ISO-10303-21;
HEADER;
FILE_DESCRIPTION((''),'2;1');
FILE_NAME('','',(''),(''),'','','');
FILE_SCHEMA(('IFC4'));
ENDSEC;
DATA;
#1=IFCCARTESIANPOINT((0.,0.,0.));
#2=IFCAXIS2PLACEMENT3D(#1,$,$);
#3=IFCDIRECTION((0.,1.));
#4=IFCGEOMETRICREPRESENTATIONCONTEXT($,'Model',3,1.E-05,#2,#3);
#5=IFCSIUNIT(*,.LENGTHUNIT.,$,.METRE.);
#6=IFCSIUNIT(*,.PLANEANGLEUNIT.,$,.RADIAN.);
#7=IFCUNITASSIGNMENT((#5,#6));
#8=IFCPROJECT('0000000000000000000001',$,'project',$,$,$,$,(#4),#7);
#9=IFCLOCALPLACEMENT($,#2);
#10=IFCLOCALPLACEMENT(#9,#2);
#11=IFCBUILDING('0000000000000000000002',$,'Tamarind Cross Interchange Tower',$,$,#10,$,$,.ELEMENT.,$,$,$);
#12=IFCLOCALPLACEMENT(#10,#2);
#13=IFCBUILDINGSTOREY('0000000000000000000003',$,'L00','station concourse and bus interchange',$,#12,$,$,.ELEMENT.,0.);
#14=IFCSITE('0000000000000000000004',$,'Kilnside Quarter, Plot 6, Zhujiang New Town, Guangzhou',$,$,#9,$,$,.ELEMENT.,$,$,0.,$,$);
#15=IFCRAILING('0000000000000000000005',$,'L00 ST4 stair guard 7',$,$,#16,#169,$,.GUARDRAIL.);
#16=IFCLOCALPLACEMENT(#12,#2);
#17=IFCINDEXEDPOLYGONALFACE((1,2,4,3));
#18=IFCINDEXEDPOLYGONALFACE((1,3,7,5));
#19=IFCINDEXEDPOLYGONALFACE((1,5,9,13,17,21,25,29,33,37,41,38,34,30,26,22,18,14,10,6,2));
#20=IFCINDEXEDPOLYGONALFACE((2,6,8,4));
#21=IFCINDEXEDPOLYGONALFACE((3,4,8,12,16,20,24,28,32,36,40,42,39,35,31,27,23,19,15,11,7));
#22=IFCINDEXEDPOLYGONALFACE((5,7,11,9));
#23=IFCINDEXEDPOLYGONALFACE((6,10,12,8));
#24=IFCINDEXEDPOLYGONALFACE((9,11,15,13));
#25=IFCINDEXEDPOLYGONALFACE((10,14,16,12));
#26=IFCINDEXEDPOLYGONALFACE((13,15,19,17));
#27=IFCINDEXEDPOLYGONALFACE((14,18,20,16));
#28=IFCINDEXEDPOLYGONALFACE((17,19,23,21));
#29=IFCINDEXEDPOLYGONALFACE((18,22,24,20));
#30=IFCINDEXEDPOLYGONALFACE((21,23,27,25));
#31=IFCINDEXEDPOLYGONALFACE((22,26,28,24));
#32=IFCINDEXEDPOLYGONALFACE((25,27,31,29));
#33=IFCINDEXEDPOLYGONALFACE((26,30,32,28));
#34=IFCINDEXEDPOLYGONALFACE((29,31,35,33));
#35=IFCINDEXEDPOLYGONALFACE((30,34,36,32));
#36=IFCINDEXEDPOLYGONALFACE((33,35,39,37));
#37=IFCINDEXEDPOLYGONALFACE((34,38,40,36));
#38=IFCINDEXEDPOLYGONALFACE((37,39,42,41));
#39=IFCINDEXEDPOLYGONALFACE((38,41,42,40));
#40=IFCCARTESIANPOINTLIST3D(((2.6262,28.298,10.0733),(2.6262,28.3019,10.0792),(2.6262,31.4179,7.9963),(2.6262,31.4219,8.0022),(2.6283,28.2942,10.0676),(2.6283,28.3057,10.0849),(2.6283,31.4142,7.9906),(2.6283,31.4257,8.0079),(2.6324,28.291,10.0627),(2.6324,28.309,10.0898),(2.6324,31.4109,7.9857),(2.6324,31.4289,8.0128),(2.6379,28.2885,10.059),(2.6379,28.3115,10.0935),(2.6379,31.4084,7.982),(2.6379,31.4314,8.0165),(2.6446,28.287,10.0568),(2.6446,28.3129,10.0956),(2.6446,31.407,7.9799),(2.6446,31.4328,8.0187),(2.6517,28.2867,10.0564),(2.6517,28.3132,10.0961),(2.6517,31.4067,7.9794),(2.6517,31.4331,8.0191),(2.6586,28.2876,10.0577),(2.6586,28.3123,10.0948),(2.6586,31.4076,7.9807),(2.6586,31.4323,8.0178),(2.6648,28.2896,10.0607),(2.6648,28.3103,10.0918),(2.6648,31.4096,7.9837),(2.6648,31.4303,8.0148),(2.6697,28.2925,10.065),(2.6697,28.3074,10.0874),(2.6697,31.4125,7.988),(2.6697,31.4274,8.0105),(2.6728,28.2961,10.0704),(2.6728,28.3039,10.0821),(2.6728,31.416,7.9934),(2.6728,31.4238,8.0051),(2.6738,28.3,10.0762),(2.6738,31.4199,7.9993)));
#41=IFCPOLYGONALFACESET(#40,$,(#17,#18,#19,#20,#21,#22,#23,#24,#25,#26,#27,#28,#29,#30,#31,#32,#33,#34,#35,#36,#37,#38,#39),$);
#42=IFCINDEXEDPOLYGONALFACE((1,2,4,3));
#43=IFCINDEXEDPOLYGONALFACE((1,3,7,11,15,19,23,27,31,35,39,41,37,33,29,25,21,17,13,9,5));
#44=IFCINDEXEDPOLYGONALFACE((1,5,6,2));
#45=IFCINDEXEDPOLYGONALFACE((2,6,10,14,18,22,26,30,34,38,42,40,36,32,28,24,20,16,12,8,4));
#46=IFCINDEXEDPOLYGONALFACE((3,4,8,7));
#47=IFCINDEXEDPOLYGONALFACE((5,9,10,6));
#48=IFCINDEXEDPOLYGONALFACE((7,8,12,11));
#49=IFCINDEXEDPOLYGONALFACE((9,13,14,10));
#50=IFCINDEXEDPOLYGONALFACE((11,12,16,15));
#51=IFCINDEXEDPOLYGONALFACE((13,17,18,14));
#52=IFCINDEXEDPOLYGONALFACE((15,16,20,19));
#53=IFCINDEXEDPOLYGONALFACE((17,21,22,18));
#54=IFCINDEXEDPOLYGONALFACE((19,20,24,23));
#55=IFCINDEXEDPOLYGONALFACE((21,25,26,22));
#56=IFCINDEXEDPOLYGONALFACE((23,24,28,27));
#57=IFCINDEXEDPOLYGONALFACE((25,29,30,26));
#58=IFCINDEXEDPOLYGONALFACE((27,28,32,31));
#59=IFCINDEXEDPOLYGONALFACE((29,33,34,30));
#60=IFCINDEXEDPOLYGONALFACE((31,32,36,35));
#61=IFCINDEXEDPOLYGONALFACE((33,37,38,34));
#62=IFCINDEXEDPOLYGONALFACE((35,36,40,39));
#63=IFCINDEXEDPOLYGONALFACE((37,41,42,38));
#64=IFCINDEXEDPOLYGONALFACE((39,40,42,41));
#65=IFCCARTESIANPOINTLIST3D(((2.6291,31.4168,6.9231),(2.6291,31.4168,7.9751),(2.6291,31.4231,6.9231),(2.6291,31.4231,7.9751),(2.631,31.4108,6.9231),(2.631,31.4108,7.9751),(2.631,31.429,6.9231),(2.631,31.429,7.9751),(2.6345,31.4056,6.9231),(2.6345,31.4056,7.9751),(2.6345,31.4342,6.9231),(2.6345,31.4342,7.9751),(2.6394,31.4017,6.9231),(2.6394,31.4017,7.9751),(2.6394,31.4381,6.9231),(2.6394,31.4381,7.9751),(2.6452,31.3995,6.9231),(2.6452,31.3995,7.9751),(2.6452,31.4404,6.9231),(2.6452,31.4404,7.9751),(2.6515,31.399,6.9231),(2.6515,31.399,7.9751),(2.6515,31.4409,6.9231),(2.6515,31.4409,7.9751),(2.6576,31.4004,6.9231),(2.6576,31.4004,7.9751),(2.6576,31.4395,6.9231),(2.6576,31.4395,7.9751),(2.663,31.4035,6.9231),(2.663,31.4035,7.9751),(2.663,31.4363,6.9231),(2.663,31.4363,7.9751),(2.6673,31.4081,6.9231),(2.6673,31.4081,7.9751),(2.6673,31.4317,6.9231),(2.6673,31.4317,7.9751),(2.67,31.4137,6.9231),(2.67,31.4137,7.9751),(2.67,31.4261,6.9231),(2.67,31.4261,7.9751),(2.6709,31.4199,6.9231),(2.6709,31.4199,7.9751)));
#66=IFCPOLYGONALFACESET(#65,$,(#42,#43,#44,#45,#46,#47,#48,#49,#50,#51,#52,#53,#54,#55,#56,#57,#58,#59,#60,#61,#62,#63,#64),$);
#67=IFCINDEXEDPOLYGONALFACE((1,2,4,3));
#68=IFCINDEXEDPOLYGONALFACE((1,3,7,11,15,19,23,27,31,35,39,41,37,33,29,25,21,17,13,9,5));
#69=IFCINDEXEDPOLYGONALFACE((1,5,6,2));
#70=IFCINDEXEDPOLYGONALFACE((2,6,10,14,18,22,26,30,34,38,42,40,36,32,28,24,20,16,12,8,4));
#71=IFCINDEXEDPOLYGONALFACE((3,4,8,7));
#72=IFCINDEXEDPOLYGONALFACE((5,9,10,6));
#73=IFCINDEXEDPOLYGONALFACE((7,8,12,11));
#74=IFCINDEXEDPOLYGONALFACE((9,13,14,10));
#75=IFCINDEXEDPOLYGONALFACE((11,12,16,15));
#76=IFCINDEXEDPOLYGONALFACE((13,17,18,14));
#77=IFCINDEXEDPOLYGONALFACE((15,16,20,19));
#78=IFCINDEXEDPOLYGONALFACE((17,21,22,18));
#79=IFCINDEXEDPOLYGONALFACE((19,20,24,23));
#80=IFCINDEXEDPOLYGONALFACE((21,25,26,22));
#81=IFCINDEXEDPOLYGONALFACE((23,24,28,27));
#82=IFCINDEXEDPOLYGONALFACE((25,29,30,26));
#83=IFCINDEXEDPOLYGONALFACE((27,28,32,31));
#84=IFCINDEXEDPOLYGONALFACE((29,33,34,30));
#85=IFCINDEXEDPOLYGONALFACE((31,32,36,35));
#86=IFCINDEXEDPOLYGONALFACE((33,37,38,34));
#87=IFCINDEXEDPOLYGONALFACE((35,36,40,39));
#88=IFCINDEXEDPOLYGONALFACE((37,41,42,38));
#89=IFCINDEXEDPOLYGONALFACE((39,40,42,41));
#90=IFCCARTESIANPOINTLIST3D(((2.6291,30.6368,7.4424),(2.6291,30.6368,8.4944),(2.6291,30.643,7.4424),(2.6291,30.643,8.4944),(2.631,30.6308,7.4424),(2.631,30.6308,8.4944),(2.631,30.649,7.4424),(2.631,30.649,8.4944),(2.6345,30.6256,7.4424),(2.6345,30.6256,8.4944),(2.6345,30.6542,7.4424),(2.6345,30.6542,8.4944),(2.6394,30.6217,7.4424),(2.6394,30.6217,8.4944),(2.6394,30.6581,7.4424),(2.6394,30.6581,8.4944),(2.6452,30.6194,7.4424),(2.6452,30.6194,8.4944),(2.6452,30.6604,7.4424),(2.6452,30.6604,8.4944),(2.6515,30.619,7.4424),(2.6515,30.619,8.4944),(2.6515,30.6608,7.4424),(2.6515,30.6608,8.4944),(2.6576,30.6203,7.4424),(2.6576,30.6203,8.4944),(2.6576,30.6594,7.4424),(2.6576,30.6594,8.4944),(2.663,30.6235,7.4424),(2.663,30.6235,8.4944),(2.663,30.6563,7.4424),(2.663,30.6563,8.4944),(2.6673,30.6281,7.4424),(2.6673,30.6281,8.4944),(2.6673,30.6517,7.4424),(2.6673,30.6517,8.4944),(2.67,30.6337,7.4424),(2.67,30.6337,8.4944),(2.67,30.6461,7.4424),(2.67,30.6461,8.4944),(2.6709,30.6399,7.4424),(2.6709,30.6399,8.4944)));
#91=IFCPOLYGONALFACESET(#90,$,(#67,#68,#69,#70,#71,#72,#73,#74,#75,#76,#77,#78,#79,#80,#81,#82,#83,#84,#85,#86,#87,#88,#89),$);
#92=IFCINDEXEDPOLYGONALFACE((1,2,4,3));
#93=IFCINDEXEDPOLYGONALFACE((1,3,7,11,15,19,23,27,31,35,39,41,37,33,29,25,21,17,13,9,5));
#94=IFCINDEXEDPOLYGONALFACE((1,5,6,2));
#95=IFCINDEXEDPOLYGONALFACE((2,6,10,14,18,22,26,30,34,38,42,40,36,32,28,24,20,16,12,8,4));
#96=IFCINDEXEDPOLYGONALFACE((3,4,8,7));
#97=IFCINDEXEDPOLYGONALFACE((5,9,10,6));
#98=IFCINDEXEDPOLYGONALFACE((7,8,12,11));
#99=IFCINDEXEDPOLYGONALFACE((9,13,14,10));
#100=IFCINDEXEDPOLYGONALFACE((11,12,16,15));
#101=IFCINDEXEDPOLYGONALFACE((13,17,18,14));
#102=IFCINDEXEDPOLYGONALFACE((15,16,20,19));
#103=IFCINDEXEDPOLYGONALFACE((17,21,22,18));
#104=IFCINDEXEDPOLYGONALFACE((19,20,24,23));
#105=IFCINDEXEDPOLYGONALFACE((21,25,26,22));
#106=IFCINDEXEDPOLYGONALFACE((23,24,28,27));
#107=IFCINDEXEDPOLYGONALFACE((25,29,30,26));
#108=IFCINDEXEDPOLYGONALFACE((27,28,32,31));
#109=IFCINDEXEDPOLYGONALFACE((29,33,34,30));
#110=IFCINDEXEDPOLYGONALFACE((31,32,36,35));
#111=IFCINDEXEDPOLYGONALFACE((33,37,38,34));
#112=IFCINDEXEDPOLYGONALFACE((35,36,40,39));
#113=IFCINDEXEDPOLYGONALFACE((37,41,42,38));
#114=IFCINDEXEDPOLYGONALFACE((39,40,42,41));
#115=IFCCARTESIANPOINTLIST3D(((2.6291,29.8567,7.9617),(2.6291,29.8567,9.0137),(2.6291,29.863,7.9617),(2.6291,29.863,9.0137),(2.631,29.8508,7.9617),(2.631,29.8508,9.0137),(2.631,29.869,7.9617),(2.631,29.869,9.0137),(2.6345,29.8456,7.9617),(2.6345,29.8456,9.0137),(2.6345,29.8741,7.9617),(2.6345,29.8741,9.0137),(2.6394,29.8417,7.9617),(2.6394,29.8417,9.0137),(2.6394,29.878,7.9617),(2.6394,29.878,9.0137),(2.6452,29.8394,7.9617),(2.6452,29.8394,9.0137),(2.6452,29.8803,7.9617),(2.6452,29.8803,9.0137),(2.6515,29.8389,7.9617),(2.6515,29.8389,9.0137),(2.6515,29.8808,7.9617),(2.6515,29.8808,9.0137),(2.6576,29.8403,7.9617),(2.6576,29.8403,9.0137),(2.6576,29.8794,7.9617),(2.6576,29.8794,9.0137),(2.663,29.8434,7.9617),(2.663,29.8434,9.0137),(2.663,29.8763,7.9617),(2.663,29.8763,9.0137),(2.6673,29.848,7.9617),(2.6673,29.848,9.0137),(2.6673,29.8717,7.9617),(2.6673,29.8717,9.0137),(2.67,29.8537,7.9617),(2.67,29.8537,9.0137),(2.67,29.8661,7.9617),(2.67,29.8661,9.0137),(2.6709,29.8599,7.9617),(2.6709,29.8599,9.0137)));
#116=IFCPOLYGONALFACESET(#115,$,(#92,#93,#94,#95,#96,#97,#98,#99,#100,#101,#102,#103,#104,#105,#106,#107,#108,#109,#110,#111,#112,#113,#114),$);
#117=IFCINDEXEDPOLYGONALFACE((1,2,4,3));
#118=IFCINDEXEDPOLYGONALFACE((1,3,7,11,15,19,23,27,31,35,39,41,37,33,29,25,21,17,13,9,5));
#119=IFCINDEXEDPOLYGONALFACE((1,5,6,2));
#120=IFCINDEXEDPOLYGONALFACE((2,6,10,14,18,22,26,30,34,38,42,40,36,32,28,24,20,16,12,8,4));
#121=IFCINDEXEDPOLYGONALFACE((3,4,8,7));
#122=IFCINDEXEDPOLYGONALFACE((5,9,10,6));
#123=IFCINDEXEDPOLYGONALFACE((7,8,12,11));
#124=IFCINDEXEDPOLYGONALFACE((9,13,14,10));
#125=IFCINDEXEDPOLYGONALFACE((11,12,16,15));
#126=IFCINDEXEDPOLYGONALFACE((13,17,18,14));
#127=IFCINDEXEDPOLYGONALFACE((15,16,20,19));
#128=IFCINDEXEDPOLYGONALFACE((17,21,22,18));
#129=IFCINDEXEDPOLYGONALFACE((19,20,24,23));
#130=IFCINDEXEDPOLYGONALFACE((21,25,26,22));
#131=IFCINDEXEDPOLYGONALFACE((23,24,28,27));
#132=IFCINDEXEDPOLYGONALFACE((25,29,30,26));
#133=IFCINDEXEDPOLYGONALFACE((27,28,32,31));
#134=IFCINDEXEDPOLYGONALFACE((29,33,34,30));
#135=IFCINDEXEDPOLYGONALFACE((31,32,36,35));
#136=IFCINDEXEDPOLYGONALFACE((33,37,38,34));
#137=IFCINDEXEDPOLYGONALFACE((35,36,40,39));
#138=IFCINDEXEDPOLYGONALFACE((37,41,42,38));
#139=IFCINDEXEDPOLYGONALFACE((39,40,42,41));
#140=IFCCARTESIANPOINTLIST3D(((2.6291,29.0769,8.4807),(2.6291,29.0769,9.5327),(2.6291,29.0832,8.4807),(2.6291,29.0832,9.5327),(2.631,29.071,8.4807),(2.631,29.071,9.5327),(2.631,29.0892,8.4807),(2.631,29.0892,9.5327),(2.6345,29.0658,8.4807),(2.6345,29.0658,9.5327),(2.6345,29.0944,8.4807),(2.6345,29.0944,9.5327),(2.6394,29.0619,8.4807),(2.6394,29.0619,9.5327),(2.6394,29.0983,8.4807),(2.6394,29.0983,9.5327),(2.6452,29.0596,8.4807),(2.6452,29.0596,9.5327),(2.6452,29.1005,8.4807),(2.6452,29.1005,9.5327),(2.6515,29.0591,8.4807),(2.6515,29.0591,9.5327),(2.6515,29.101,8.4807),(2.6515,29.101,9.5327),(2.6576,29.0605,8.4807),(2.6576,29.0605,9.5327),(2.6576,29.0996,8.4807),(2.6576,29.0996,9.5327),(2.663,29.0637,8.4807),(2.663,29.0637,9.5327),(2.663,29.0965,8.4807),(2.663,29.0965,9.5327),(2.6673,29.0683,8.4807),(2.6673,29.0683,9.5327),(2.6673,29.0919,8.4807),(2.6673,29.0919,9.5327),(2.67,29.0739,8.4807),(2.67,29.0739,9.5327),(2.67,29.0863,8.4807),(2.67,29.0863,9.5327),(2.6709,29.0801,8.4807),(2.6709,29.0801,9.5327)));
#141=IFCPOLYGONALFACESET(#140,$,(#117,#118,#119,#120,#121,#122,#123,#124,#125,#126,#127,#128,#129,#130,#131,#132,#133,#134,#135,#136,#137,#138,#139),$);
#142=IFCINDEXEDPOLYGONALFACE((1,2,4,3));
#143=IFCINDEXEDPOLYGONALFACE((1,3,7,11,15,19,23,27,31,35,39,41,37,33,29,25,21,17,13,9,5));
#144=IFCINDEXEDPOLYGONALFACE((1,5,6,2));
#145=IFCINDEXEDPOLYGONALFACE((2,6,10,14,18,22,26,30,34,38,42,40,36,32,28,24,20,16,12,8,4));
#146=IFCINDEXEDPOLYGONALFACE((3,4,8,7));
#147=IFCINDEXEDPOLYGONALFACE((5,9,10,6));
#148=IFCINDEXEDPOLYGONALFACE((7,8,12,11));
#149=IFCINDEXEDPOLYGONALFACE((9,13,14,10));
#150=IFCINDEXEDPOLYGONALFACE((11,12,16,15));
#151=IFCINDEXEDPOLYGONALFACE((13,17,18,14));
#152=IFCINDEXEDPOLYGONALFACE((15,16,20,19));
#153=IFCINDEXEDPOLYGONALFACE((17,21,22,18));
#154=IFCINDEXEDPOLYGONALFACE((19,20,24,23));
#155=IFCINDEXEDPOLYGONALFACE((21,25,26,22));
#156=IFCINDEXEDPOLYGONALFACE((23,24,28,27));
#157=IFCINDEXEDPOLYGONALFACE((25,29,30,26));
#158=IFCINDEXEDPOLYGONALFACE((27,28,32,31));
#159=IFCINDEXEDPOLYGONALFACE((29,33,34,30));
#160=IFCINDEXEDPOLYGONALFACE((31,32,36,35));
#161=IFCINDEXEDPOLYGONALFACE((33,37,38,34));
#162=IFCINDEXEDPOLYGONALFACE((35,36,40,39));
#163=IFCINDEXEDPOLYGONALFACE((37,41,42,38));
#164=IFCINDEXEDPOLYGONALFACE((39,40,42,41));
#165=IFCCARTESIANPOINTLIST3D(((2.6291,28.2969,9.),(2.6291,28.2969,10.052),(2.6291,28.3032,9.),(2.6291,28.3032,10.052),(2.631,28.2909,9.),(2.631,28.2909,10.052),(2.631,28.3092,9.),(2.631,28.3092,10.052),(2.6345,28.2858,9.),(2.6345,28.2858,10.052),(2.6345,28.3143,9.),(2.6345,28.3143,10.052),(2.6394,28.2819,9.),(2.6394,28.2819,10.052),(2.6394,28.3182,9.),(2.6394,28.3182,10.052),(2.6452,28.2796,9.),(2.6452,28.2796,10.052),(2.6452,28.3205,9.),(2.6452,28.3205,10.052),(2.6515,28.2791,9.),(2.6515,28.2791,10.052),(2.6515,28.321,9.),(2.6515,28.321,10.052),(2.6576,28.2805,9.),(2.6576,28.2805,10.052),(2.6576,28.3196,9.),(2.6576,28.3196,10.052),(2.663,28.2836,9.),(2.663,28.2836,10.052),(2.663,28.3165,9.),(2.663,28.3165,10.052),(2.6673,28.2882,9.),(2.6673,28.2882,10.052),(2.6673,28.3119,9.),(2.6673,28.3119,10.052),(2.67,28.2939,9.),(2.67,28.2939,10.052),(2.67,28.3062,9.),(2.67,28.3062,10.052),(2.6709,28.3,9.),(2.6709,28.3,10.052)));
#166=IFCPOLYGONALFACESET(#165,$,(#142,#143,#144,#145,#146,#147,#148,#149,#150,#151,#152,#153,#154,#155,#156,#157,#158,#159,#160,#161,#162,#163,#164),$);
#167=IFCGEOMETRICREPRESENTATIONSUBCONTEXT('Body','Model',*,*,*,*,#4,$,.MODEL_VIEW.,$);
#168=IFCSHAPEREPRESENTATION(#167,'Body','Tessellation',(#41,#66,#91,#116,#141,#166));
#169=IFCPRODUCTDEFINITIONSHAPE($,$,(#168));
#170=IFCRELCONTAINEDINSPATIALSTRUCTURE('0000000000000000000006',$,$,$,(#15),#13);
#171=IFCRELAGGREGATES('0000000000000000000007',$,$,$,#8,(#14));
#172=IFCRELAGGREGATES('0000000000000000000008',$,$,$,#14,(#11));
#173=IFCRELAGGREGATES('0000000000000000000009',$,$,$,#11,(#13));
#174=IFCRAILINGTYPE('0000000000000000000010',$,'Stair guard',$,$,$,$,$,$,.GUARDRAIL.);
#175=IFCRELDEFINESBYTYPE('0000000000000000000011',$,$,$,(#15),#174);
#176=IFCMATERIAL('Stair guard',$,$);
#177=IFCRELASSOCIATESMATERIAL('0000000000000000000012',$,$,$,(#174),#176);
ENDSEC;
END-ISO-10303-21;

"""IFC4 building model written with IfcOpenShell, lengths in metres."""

from ifc_helpers import new_model, si_unit, direction, frame, origin, origin_2d, place, context, subcontext, project, spatial, circle, extrude, material, type_object, element, save


model = new_model("IFC4")

# Units and contexts
model_context = context("Model", 3, precision=1e-05, world=origin(), true_north=direction((0.0, 1.0)))
body_context = subcontext(model_context, "Body", "Model", "MODEL_VIEW")
ifc_project = project(units=[si_unit("LENGTHUNIT", "METRE"), si_unit("PLANEANGLEUNIT", "RADIAN")], contexts=[model_context])

# Site, building, storey
site_placement = place(None, origin())
site = spatial("IfcSite", under=ifc_project, at=site_placement, Name="Kilnside Quarter, Plot 6, Zhujiang New Town, Guangzhou", CompositionType="ELEMENT", RefElevation=0.0)
building_placement = place(site_placement, origin())
building = spatial("IfcBuilding", under=site, at=building_placement, Name="Tamarind Cross Interchange Tower", CompositionType="ELEMENT")
storey_placement = place(building_placement, origin())
storey = spatial("IfcBuildingStorey", under=building, at=storey_placement, Name="L00", Description="station concourse and bus interchange", CompositionType="ELEMENT", Elevation=0.0)

# Railing
ifc_material_1 = material(Name="Stair guard")
railing_type_1 = type_object("IfcRailingType", Name="Stair guard", PredefinedType="GUARDRAIL", material=ifc_material_1)
railing_1_placement = place(storey_placement, frame((2.6499, 31.4199, 6.9231)))
element("IfcRailing", 1, at=railing_1_placement, inside=storey, type_object=railing_type_1, Name="L00 ST4 stair guard 7", PredefinedType="GUARDRAIL", context=body_context, shape_type="SweptSolid", body=[
    extrude(circle(Radius=0.0239, at=origin_2d()), frame((0.0, 0.0, 1.0762), z_axis=(0.0, -0.832421, 0.554144), x_axis=(1.0, 0.0, 0.0)), (0.0, 0.0, 1.0), 3.748),
    extrude(circle(Radius=0.021, at=origin_2d()), origin(), (0.0, 0.0, 1.0), 1.052),
    extrude(circle(Radius=0.021, at=origin_2d()), frame((0.0, -0.78, 0.5193)), (0.0, 0.0, 1.0), 1.052),
    extrude(circle(Radius=0.021, at=origin_2d()), frame((0.0, -1.5601, 1.0386)), (0.0, 0.0, 1.0), 1.052),
    extrude(circle(Radius=0.021, at=origin_2d()), frame((0.0, -2.3398, 1.5576)), (0.0, 0.0, 1.0), 1.052),
    extrude(circle(Radius=0.021, at=origin_2d()), frame((0.0, -3.1199, 2.0769)), (0.0, 0.0, 1.0), 1.052),
])

save(model, "model.ifc")
